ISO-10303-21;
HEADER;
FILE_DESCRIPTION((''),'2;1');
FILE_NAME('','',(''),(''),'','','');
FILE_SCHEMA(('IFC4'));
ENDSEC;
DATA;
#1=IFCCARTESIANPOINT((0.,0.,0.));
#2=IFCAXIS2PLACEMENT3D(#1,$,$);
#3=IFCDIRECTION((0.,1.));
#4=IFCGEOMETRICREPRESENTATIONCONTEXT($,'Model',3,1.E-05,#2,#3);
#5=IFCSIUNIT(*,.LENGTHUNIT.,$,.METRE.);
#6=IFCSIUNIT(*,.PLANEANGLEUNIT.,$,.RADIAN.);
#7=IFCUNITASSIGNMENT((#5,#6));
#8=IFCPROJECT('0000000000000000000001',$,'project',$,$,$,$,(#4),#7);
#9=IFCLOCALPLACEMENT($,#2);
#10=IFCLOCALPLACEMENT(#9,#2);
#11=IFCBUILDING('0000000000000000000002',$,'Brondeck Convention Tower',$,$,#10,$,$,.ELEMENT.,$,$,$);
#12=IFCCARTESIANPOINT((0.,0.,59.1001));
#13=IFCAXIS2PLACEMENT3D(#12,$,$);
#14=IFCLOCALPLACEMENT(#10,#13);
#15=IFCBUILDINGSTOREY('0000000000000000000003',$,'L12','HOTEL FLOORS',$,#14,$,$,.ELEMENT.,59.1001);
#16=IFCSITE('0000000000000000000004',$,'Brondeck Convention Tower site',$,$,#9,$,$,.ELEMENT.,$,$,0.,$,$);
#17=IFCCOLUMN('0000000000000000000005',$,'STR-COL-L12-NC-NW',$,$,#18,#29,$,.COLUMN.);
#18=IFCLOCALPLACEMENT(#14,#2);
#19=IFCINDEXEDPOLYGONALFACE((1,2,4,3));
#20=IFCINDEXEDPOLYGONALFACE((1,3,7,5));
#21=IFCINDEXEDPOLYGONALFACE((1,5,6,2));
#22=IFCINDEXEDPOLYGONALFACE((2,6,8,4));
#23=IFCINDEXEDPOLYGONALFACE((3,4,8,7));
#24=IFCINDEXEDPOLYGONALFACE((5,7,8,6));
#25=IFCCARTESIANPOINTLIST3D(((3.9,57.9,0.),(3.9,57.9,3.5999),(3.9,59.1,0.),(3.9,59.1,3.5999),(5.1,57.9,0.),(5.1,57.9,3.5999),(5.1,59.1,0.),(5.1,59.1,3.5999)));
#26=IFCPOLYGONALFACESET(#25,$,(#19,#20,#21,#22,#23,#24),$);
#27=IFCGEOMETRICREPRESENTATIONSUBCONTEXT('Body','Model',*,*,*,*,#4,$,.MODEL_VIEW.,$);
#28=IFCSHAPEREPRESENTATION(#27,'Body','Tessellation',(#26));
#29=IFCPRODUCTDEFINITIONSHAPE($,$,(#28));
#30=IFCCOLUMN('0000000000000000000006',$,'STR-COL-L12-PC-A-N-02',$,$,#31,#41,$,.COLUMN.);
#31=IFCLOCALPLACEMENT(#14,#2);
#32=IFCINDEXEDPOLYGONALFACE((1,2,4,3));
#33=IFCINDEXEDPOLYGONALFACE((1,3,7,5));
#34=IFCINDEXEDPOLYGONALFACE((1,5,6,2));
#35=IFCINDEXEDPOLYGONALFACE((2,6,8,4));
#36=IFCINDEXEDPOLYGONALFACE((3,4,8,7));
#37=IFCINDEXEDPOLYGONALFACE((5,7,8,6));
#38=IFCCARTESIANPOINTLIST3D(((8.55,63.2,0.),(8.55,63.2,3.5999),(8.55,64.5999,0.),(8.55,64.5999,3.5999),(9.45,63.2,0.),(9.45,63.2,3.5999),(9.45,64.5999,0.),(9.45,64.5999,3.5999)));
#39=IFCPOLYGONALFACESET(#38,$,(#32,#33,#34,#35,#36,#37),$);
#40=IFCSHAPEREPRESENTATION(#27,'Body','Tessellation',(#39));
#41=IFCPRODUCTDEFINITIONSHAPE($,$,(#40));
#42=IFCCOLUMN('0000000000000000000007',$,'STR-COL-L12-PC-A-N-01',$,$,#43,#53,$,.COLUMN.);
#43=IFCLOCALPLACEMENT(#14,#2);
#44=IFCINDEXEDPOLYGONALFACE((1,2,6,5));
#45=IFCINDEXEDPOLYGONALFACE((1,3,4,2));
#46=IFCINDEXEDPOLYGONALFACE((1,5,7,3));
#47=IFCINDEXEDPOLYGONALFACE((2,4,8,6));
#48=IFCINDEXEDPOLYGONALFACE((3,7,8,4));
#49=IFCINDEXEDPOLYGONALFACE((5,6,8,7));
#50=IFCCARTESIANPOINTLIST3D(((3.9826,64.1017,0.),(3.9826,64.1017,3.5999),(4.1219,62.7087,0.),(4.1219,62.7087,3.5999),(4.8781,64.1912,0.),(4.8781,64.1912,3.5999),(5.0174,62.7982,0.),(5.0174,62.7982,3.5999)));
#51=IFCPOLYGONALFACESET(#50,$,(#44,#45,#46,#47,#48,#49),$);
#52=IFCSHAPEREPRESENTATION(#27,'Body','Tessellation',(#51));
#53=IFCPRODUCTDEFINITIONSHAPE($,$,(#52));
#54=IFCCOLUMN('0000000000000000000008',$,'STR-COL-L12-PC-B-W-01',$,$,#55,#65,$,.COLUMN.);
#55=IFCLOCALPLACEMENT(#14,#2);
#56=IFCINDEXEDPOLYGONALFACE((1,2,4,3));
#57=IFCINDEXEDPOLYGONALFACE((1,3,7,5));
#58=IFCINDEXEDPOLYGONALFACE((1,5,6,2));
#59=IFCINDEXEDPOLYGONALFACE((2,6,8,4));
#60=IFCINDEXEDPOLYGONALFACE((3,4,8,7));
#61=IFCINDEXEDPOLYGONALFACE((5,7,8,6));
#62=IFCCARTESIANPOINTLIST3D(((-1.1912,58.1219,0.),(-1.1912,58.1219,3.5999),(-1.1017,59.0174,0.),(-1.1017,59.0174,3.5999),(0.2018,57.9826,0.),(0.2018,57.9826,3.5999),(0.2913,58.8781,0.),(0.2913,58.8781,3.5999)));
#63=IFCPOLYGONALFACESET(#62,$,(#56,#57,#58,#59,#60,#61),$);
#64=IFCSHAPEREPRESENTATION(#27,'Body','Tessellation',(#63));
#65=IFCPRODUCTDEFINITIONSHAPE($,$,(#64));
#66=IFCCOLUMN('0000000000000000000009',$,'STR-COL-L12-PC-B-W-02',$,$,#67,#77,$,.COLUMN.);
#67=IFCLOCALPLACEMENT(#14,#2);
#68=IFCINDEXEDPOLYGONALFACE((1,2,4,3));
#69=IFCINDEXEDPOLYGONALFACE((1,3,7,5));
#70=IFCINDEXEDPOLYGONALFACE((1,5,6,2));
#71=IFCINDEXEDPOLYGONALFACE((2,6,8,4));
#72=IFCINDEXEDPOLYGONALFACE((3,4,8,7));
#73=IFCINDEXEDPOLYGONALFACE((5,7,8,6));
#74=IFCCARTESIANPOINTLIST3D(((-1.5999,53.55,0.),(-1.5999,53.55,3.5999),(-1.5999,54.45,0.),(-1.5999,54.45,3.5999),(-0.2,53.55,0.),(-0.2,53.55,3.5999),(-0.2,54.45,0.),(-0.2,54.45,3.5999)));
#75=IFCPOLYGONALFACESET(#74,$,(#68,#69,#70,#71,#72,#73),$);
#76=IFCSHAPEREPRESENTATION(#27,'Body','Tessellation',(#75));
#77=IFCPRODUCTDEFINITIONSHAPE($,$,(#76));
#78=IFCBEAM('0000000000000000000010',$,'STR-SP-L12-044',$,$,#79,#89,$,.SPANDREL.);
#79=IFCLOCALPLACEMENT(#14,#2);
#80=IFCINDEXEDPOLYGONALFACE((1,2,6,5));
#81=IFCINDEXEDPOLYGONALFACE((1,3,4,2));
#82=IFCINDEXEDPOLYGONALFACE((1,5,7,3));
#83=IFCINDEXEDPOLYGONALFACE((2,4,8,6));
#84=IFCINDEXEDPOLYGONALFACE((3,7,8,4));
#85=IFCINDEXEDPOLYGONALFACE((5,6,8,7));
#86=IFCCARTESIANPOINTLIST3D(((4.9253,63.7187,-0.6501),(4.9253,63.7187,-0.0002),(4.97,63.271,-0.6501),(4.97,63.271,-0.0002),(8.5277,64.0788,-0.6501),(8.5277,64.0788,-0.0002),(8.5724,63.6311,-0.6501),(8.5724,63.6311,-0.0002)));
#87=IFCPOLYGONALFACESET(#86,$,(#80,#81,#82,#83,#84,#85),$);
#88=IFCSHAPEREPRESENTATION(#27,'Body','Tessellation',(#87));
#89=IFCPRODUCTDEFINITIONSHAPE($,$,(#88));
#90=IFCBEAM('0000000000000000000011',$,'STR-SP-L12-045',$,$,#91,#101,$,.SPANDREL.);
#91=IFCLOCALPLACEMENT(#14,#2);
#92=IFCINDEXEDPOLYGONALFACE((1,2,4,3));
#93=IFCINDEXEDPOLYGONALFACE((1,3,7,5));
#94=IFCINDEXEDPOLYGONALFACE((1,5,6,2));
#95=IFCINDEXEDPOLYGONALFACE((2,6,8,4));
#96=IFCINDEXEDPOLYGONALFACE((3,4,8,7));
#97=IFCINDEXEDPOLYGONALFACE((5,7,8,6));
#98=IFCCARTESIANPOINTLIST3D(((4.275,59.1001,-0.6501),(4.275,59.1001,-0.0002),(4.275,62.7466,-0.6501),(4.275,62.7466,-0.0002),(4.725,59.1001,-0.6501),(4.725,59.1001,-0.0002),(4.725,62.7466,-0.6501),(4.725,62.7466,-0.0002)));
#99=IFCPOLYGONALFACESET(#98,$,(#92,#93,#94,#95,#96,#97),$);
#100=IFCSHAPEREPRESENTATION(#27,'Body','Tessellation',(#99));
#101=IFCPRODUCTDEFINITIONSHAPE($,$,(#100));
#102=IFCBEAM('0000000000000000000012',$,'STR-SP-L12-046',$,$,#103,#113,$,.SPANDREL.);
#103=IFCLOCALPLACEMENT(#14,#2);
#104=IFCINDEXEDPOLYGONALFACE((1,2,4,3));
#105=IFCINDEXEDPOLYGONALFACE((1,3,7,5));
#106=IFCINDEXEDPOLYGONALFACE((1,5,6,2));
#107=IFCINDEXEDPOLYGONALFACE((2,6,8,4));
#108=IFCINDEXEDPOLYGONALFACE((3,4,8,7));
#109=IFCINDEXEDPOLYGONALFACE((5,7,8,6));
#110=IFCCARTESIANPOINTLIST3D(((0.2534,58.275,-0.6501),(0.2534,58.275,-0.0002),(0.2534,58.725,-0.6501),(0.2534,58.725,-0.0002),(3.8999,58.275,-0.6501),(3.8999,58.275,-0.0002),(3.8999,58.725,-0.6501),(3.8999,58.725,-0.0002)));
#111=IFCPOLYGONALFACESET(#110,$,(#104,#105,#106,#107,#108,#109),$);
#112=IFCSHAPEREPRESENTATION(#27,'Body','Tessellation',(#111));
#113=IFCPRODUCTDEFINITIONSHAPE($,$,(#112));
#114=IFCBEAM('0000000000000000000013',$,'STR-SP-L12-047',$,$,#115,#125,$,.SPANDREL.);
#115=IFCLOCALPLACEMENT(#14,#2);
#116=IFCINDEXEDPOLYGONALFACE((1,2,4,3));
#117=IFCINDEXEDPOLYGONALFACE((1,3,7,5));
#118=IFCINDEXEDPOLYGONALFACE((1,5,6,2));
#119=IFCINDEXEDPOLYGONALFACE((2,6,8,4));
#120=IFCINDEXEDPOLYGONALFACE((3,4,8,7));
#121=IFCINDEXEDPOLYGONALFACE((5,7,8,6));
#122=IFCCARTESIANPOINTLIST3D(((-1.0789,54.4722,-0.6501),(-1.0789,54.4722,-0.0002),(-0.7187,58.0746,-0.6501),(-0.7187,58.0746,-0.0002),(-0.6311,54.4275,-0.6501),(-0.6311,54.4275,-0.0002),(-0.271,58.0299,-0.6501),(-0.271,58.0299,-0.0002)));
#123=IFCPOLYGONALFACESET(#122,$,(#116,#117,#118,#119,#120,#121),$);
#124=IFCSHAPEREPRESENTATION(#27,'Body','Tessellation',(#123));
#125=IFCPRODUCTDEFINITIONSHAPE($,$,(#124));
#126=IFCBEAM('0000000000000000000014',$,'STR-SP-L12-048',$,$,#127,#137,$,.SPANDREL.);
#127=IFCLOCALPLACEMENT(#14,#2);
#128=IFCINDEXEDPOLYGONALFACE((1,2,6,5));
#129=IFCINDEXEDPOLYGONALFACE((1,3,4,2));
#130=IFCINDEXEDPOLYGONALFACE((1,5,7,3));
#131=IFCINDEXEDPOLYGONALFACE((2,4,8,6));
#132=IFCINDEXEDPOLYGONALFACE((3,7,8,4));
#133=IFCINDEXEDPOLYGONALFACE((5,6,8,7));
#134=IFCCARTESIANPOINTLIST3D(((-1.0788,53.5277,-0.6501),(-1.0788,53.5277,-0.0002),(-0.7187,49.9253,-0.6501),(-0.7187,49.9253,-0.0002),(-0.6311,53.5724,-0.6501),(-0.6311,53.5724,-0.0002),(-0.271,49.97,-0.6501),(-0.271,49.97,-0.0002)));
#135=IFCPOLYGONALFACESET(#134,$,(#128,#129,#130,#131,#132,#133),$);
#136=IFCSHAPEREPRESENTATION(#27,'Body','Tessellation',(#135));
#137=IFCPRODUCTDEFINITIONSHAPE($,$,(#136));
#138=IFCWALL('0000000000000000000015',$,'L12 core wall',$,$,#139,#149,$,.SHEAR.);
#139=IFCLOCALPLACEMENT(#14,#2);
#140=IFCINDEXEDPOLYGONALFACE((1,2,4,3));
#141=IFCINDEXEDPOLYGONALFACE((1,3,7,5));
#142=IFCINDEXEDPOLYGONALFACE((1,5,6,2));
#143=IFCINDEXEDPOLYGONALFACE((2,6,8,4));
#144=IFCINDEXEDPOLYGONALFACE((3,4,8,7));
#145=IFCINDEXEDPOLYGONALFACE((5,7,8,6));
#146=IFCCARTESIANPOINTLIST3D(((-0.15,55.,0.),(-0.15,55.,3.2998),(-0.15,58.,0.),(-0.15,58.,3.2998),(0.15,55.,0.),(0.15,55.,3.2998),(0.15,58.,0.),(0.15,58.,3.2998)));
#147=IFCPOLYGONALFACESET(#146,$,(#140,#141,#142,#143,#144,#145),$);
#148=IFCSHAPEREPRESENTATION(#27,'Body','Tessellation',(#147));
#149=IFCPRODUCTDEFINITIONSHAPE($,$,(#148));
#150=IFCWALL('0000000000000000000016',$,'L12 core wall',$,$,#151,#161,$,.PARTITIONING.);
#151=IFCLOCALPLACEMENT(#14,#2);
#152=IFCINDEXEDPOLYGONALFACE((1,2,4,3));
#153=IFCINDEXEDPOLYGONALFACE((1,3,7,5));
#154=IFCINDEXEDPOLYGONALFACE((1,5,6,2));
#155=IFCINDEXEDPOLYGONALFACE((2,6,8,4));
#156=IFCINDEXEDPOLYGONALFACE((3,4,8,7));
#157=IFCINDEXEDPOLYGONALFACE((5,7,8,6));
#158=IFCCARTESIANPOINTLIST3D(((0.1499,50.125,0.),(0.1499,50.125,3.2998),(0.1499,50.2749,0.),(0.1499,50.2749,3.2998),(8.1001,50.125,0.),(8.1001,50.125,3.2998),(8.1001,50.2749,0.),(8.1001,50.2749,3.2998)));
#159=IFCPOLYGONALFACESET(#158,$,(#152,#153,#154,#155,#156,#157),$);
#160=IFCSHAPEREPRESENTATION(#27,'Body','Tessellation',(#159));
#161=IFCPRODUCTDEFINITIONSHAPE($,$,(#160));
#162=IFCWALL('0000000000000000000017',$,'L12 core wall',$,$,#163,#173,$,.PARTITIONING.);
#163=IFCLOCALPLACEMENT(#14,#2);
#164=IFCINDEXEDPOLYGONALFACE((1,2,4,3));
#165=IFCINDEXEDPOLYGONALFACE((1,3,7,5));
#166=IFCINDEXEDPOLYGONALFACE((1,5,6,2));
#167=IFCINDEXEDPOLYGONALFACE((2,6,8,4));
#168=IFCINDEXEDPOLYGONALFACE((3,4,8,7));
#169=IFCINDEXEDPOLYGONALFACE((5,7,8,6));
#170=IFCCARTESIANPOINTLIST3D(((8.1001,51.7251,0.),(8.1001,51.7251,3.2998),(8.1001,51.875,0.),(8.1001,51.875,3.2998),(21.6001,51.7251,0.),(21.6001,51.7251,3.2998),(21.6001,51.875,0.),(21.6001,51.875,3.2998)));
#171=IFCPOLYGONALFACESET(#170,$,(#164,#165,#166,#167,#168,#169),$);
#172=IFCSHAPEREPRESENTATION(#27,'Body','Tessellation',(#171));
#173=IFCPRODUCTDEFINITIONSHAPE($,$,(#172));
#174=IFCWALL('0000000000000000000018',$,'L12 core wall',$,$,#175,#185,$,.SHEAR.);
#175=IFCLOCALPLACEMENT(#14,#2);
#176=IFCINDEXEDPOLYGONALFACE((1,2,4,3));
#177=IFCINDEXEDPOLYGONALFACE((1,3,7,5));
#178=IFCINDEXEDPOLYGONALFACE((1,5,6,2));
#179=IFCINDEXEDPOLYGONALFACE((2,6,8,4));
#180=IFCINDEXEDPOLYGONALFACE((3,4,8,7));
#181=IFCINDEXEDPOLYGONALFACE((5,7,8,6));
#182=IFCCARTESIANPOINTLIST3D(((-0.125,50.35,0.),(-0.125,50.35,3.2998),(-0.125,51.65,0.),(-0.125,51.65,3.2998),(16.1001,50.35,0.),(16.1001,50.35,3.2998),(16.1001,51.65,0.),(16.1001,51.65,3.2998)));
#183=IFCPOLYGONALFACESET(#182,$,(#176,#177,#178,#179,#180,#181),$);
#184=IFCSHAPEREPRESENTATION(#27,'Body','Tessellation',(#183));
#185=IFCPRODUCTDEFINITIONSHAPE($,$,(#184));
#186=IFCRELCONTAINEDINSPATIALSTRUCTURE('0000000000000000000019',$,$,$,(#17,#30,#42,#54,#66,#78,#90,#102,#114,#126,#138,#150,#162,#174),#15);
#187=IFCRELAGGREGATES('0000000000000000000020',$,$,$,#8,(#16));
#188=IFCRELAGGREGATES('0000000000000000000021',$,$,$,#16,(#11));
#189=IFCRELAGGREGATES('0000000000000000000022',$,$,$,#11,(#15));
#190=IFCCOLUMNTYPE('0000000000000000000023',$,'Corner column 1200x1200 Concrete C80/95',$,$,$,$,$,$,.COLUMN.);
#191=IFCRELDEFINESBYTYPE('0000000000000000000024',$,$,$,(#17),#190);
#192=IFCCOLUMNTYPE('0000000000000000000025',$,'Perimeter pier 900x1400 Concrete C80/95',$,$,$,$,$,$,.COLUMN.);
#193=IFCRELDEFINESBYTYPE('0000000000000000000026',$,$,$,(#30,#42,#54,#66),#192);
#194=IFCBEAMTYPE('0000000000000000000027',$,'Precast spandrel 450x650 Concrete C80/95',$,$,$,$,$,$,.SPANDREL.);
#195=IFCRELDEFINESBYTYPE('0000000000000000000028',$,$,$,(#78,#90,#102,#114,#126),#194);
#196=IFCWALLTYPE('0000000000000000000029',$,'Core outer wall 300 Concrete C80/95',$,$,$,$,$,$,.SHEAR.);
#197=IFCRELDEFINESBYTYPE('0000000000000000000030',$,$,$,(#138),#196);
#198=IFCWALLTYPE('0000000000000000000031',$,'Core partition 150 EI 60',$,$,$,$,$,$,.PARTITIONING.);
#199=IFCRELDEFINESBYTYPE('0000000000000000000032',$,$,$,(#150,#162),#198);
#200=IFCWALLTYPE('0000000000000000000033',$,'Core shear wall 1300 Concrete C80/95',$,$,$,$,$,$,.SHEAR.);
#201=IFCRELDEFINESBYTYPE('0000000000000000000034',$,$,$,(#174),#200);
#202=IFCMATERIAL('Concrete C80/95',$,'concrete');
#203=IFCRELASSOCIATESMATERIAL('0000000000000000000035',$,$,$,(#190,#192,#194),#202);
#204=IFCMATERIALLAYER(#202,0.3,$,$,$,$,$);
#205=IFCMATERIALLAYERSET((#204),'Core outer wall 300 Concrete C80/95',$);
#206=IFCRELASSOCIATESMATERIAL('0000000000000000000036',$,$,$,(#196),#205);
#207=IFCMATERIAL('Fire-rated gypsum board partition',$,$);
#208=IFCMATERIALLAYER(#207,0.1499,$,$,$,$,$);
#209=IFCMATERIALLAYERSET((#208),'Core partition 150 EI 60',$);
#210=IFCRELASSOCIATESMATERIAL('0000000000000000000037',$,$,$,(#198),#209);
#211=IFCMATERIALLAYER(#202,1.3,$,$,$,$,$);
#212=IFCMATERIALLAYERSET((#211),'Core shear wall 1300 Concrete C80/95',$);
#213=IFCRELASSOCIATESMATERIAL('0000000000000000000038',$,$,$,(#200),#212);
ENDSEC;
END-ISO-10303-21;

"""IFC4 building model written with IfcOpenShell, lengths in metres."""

from ifc_helpers import new_model, si_unit, direction, frame, frame_2d, origin, origin_2d, place, context, subcontext, project, spatial, rectangle, extrude, material, layer, layer_set, material_profile, profile_set, type_object, element, save


model = new_model("IFC4")

# Units and contexts
model_context = context("Model", 3, precision=1e-05, world=origin(), true_north=direction((0.0, 1.0)))
body_context = subcontext(model_context, "Body", "Model", "MODEL_VIEW")
ifc_project = project(units=[si_unit("LENGTHUNIT", "METRE"), si_unit("PLANEANGLEUNIT", "RADIAN")], contexts=[model_context])

# Site, building, storey
site_placement = place(None, origin())
site = spatial("IfcSite", under=ifc_project, at=site_placement, Name="Brondeck Convention Tower site", CompositionType="ELEMENT", RefElevation=0.0)
building_placement = place(site_placement, origin())
building = spatial("IfcBuilding", under=site, at=building_placement, Name="Brondeck Convention Tower", CompositionType="ELEMENT")
storey_placement = place(building_placement, frame((0.0, 0.0, 59.1001)))
storey = spatial("IfcBuildingStorey", under=building, at=storey_placement, Name="L12", Description="HOTEL FLOORS", CompositionType="ELEMENT", Elevation=59.1001)

# Columns
ifc_material_1 = material(Name="Concrete C80/95", Category="concrete")
ifc_material_profile_1 = material_profile(ifc_material_1, rectangle(XDim=1.2, YDim=1.2, at=origin_2d()), Name="Corner column 1200x1200 Concrete C80/95")
ifc_profile_set_1 = profile_set([ifc_material_profile_1], Name="Concrete C80/95")
column_type_1 = type_object("IfcColumnType", Name="Corner column 1200x1200 Concrete C80/95", PredefinedType="COLUMN", material=ifc_profile_set_1)
column_placement = place(storey_placement, frame((4.5, 58.5, 0.0), z_axis=(0.0, 0.0, 1.0), x_axis=(1.0, 0.0, 0.0)))
element("IfcColumn", 1, at=column_placement, inside=storey, type_object=column_type_1, Name="STR-COL-L12-NC-NW", PredefinedType="COLUMN", context=body_context, shape_type="SweptSolid", body=[
    extrude(rectangle(XDim=1.2, YDim=1.2, at=origin_2d()), origin(), (0.0, 0.0, 1.0), 3.5999),
])
ifc_material_profile_2 = material_profile(ifc_material_1, rectangle(XDim=0.8999, YDim=1.3999, at=origin_2d()), Name="Perimeter pier 900x1400 Concrete C80/95")
ifc_profile_set_2 = profile_set([ifc_material_profile_2], Name="Concrete C80/95")
column_type_2 = type_object("IfcColumnType", Name="Perimeter pier 900x1400 Concrete C80/95", PredefinedType="COLUMN", material=ifc_profile_set_2)
for number, where, z_axis, x_axis, name in (
    (2, (9.0, 63.8999, 0.0), (0.0, 0.0, 1.0), (-1.0, 0.0, 0.0), "STR-COL-L12-PC-A-N-02"),
    (3, (4.5, 63.45, 0.0), (0.0, 0.0, 1.0), (-0.995037, -0.099504, 0.0), "STR-COL-L12-PC-A-N-01"),
    (4, (-0.45, 58.5, 0.0), (0.0, 0.0, 1.0), (-0.099504, -0.995037, 0.0), "STR-COL-L12-PC-B-W-01"),
    (5, (-0.8999, 54.0, 0.0), (0.0, 0.0, 1.0), (0.0, -1.0, 0.0), "STR-COL-L12-PC-B-W-02"),
):
    element("IfcColumn", number, at=place(storey_placement, frame(where, z_axis=z_axis, x_axis=x_axis)), inside=storey, type_object=column_type_2, Name=name, PredefinedType="COLUMN", context=body_context, shape_type="SweptSolid", body=[
        extrude(rectangle(XDim=0.8999, YDim=1.3999, at=origin_2d()), origin(), (0.0, 0.0, 1.0), 3.5999),
    ])

# Beams
ifc_material_profile_3 = material_profile(ifc_material_1, rectangle(XDim=0.45, YDim=0.6499, at=origin_2d()), Name="Precast spandrel 450x650 Concrete C80/95")
ifc_profile_set_3 = profile_set([ifc_material_profile_3], Name="Concrete C80/95")
beam_type = type_object("IfcBeamType", Name="Precast spandrel 450x650 Concrete C80/95", PredefinedType="SPANDREL", material=ifc_profile_set_3)
beam_placement = place(storey_placement, frame((8.55, 63.855, -0.3252), z_axis=(-0.995041, -0.09947, 0.0), x_axis=(0.09947, -0.995041, 0.0)))
element("IfcBeam", 6, at=beam_placement, inside=storey, type_object=beam_type, Name="STR-SP-L12-044", PredefinedType="SPANDREL", context=body_context, shape_type="SweptSolid", body=[
    extrude(rectangle(XDim=0.45, YDim=0.6499, at=origin_2d()), origin(), (0.0, 0.0, 1.0), 3.6204),
])
for number, where, z_axis, x_axis, name in (
    (7, (4.5, 62.7466, -0.3252), (0.0, -1.0, 0.0), (1.0, 0.0, 0.0), "STR-SP-L12-045"),
    (8, (3.8999, 58.5, -0.3252), (-1.0, 0.0, 0.0), (0.0, -1.0, 0.0), "STR-SP-L12-046"),
):
    element("IfcBeam", number, at=place(storey_placement, frame(where, z_axis=z_axis, x_axis=x_axis)), inside=storey, type_object=beam_type, Name=name, PredefinedType="SPANDREL", context=body_context, shape_type="SweptSolid", body=[
        extrude(rectangle(XDim=0.45, YDim=0.6499, at=origin_2d()), origin(), (0.0, 0.0, 1.0), 3.6465),
    ])
for number, where, z_axis, x_axis, name in (
    (9, (-0.4949, 58.0522, -0.3252), (-0.09947, -0.995041, 0.0), (0.995041, -0.09947, 0.0), "STR-SP-L12-047"),
    (10, (-0.855, 53.55, -0.3252), (0.09947, -0.995041, 0.0), (0.995041, 0.09947, 0.0), "STR-SP-L12-048"),
):
    element("IfcBeam", number, at=place(storey_placement, frame(where, z_axis=z_axis, x_axis=x_axis)), inside=storey, type_object=beam_type, Name=name, PredefinedType="SPANDREL", context=body_context, shape_type="SweptSolid", body=[
        extrude(rectangle(XDim=0.45, YDim=0.6499, at=origin_2d()), origin(), (0.0, 0.0, 1.0), 3.6204),
    ])

# Walls
ifc_layer_1 = layer(ifc_material_1, 0.3)
ifc_layer_set_1 = layer_set([ifc_layer_1], Name="Core outer wall 300 Concrete C80/95")
wall_type_1 = type_object("IfcWallType", Name="Core outer wall 300 Concrete C80/95", PredefinedType="SHEAR", material=ifc_layer_set_1)
wall_1_placement = place(storey_placement, frame((0.0, 55.0, 0.0), z_axis=(0.0, 0.0, 1.0), x_axis=(0.0, 1.0, 0.0)))
element("IfcWall", 11, at=wall_1_placement, inside=storey, type_object=wall_type_1, Name="L12 core wall", PredefinedType="SHEAR", context=body_context, shape_type="SweptSolid", body=[
    extrude(rectangle(XDim=3.0, YDim=0.3, at=frame_2d((1.5, 0.0))), origin(), (0.0, 0.0, 1.0), 3.2998),
])
ifc_material_2 = material(Name="Fire-rated gypsum board partition")
ifc_layer_2 = layer(ifc_material_2, 0.1499)
ifc_layer_set_2 = layer_set([ifc_layer_2], Name="Core partition 150 EI 60")
wall_type_2 = type_object("IfcWallType", Name="Core partition 150 EI 60", PredefinedType="PARTITIONING", material=ifc_layer_set_2)
wall_2_placement = place(storey_placement, frame((0.1499, 50.2, 0.0), z_axis=(0.0, 0.0, 1.0), x_axis=(1.0, 0.0, 0.0)))
element("IfcWall", 12, at=wall_2_placement, inside=storey, type_object=wall_type_2, Name="L12 core wall", PredefinedType="PARTITIONING", context=body_context, shape_type="SweptSolid", body=[
    extrude(rectangle(XDim=7.9502, YDim=0.1499, at=frame_2d((3.9751, 0.0))), origin(), (0.0, 0.0, 1.0), 3.2998),
])
wall_3_placement = place(storey_placement, frame((8.1001, 51.8, 0.0), z_axis=(0.0, 0.0, 1.0), x_axis=(1.0, 0.0, 0.0)))
element("IfcWall", 13, at=wall_3_placement, inside=storey, type_object=wall_type_2, Name="L12 core wall", PredefinedType="PARTITIONING", context=body_context, shape_type="SweptSolid", body=[
    extrude(rectangle(XDim=13.5, YDim=0.1499, at=frame_2d((6.75, 0.0))), origin(), (0.0, 0.0, 1.0), 3.2998),
])
ifc_layer_3 = layer(ifc_material_1, 1.3)
ifc_layer_set_3 = layer_set([ifc_layer_3], Name="Core shear wall 1300 Concrete C80/95")
wall_type_3 = type_object("IfcWallType", Name="Core shear wall 1300 Concrete C80/95", PredefinedType="SHEAR", material=ifc_layer_set_3)
wall_4_placement = place(storey_placement, frame((-0.125, 51.0, 0.0), z_axis=(0.0, 0.0, 1.0), x_axis=(1.0, 0.0, 0.0)))
element("IfcWall", 14, at=wall_4_placement, inside=storey, type_object=wall_type_3, Name="L12 core wall", PredefinedType="SHEAR", context=body_context, shape_type="SweptSolid", body=[
    extrude(rectangle(XDim=16.2251, YDim=1.3, at=frame_2d((8.1125, 0.0))), origin(), (0.0, 0.0, 1.0), 3.2998),
])

save(model, "model.ifc")
